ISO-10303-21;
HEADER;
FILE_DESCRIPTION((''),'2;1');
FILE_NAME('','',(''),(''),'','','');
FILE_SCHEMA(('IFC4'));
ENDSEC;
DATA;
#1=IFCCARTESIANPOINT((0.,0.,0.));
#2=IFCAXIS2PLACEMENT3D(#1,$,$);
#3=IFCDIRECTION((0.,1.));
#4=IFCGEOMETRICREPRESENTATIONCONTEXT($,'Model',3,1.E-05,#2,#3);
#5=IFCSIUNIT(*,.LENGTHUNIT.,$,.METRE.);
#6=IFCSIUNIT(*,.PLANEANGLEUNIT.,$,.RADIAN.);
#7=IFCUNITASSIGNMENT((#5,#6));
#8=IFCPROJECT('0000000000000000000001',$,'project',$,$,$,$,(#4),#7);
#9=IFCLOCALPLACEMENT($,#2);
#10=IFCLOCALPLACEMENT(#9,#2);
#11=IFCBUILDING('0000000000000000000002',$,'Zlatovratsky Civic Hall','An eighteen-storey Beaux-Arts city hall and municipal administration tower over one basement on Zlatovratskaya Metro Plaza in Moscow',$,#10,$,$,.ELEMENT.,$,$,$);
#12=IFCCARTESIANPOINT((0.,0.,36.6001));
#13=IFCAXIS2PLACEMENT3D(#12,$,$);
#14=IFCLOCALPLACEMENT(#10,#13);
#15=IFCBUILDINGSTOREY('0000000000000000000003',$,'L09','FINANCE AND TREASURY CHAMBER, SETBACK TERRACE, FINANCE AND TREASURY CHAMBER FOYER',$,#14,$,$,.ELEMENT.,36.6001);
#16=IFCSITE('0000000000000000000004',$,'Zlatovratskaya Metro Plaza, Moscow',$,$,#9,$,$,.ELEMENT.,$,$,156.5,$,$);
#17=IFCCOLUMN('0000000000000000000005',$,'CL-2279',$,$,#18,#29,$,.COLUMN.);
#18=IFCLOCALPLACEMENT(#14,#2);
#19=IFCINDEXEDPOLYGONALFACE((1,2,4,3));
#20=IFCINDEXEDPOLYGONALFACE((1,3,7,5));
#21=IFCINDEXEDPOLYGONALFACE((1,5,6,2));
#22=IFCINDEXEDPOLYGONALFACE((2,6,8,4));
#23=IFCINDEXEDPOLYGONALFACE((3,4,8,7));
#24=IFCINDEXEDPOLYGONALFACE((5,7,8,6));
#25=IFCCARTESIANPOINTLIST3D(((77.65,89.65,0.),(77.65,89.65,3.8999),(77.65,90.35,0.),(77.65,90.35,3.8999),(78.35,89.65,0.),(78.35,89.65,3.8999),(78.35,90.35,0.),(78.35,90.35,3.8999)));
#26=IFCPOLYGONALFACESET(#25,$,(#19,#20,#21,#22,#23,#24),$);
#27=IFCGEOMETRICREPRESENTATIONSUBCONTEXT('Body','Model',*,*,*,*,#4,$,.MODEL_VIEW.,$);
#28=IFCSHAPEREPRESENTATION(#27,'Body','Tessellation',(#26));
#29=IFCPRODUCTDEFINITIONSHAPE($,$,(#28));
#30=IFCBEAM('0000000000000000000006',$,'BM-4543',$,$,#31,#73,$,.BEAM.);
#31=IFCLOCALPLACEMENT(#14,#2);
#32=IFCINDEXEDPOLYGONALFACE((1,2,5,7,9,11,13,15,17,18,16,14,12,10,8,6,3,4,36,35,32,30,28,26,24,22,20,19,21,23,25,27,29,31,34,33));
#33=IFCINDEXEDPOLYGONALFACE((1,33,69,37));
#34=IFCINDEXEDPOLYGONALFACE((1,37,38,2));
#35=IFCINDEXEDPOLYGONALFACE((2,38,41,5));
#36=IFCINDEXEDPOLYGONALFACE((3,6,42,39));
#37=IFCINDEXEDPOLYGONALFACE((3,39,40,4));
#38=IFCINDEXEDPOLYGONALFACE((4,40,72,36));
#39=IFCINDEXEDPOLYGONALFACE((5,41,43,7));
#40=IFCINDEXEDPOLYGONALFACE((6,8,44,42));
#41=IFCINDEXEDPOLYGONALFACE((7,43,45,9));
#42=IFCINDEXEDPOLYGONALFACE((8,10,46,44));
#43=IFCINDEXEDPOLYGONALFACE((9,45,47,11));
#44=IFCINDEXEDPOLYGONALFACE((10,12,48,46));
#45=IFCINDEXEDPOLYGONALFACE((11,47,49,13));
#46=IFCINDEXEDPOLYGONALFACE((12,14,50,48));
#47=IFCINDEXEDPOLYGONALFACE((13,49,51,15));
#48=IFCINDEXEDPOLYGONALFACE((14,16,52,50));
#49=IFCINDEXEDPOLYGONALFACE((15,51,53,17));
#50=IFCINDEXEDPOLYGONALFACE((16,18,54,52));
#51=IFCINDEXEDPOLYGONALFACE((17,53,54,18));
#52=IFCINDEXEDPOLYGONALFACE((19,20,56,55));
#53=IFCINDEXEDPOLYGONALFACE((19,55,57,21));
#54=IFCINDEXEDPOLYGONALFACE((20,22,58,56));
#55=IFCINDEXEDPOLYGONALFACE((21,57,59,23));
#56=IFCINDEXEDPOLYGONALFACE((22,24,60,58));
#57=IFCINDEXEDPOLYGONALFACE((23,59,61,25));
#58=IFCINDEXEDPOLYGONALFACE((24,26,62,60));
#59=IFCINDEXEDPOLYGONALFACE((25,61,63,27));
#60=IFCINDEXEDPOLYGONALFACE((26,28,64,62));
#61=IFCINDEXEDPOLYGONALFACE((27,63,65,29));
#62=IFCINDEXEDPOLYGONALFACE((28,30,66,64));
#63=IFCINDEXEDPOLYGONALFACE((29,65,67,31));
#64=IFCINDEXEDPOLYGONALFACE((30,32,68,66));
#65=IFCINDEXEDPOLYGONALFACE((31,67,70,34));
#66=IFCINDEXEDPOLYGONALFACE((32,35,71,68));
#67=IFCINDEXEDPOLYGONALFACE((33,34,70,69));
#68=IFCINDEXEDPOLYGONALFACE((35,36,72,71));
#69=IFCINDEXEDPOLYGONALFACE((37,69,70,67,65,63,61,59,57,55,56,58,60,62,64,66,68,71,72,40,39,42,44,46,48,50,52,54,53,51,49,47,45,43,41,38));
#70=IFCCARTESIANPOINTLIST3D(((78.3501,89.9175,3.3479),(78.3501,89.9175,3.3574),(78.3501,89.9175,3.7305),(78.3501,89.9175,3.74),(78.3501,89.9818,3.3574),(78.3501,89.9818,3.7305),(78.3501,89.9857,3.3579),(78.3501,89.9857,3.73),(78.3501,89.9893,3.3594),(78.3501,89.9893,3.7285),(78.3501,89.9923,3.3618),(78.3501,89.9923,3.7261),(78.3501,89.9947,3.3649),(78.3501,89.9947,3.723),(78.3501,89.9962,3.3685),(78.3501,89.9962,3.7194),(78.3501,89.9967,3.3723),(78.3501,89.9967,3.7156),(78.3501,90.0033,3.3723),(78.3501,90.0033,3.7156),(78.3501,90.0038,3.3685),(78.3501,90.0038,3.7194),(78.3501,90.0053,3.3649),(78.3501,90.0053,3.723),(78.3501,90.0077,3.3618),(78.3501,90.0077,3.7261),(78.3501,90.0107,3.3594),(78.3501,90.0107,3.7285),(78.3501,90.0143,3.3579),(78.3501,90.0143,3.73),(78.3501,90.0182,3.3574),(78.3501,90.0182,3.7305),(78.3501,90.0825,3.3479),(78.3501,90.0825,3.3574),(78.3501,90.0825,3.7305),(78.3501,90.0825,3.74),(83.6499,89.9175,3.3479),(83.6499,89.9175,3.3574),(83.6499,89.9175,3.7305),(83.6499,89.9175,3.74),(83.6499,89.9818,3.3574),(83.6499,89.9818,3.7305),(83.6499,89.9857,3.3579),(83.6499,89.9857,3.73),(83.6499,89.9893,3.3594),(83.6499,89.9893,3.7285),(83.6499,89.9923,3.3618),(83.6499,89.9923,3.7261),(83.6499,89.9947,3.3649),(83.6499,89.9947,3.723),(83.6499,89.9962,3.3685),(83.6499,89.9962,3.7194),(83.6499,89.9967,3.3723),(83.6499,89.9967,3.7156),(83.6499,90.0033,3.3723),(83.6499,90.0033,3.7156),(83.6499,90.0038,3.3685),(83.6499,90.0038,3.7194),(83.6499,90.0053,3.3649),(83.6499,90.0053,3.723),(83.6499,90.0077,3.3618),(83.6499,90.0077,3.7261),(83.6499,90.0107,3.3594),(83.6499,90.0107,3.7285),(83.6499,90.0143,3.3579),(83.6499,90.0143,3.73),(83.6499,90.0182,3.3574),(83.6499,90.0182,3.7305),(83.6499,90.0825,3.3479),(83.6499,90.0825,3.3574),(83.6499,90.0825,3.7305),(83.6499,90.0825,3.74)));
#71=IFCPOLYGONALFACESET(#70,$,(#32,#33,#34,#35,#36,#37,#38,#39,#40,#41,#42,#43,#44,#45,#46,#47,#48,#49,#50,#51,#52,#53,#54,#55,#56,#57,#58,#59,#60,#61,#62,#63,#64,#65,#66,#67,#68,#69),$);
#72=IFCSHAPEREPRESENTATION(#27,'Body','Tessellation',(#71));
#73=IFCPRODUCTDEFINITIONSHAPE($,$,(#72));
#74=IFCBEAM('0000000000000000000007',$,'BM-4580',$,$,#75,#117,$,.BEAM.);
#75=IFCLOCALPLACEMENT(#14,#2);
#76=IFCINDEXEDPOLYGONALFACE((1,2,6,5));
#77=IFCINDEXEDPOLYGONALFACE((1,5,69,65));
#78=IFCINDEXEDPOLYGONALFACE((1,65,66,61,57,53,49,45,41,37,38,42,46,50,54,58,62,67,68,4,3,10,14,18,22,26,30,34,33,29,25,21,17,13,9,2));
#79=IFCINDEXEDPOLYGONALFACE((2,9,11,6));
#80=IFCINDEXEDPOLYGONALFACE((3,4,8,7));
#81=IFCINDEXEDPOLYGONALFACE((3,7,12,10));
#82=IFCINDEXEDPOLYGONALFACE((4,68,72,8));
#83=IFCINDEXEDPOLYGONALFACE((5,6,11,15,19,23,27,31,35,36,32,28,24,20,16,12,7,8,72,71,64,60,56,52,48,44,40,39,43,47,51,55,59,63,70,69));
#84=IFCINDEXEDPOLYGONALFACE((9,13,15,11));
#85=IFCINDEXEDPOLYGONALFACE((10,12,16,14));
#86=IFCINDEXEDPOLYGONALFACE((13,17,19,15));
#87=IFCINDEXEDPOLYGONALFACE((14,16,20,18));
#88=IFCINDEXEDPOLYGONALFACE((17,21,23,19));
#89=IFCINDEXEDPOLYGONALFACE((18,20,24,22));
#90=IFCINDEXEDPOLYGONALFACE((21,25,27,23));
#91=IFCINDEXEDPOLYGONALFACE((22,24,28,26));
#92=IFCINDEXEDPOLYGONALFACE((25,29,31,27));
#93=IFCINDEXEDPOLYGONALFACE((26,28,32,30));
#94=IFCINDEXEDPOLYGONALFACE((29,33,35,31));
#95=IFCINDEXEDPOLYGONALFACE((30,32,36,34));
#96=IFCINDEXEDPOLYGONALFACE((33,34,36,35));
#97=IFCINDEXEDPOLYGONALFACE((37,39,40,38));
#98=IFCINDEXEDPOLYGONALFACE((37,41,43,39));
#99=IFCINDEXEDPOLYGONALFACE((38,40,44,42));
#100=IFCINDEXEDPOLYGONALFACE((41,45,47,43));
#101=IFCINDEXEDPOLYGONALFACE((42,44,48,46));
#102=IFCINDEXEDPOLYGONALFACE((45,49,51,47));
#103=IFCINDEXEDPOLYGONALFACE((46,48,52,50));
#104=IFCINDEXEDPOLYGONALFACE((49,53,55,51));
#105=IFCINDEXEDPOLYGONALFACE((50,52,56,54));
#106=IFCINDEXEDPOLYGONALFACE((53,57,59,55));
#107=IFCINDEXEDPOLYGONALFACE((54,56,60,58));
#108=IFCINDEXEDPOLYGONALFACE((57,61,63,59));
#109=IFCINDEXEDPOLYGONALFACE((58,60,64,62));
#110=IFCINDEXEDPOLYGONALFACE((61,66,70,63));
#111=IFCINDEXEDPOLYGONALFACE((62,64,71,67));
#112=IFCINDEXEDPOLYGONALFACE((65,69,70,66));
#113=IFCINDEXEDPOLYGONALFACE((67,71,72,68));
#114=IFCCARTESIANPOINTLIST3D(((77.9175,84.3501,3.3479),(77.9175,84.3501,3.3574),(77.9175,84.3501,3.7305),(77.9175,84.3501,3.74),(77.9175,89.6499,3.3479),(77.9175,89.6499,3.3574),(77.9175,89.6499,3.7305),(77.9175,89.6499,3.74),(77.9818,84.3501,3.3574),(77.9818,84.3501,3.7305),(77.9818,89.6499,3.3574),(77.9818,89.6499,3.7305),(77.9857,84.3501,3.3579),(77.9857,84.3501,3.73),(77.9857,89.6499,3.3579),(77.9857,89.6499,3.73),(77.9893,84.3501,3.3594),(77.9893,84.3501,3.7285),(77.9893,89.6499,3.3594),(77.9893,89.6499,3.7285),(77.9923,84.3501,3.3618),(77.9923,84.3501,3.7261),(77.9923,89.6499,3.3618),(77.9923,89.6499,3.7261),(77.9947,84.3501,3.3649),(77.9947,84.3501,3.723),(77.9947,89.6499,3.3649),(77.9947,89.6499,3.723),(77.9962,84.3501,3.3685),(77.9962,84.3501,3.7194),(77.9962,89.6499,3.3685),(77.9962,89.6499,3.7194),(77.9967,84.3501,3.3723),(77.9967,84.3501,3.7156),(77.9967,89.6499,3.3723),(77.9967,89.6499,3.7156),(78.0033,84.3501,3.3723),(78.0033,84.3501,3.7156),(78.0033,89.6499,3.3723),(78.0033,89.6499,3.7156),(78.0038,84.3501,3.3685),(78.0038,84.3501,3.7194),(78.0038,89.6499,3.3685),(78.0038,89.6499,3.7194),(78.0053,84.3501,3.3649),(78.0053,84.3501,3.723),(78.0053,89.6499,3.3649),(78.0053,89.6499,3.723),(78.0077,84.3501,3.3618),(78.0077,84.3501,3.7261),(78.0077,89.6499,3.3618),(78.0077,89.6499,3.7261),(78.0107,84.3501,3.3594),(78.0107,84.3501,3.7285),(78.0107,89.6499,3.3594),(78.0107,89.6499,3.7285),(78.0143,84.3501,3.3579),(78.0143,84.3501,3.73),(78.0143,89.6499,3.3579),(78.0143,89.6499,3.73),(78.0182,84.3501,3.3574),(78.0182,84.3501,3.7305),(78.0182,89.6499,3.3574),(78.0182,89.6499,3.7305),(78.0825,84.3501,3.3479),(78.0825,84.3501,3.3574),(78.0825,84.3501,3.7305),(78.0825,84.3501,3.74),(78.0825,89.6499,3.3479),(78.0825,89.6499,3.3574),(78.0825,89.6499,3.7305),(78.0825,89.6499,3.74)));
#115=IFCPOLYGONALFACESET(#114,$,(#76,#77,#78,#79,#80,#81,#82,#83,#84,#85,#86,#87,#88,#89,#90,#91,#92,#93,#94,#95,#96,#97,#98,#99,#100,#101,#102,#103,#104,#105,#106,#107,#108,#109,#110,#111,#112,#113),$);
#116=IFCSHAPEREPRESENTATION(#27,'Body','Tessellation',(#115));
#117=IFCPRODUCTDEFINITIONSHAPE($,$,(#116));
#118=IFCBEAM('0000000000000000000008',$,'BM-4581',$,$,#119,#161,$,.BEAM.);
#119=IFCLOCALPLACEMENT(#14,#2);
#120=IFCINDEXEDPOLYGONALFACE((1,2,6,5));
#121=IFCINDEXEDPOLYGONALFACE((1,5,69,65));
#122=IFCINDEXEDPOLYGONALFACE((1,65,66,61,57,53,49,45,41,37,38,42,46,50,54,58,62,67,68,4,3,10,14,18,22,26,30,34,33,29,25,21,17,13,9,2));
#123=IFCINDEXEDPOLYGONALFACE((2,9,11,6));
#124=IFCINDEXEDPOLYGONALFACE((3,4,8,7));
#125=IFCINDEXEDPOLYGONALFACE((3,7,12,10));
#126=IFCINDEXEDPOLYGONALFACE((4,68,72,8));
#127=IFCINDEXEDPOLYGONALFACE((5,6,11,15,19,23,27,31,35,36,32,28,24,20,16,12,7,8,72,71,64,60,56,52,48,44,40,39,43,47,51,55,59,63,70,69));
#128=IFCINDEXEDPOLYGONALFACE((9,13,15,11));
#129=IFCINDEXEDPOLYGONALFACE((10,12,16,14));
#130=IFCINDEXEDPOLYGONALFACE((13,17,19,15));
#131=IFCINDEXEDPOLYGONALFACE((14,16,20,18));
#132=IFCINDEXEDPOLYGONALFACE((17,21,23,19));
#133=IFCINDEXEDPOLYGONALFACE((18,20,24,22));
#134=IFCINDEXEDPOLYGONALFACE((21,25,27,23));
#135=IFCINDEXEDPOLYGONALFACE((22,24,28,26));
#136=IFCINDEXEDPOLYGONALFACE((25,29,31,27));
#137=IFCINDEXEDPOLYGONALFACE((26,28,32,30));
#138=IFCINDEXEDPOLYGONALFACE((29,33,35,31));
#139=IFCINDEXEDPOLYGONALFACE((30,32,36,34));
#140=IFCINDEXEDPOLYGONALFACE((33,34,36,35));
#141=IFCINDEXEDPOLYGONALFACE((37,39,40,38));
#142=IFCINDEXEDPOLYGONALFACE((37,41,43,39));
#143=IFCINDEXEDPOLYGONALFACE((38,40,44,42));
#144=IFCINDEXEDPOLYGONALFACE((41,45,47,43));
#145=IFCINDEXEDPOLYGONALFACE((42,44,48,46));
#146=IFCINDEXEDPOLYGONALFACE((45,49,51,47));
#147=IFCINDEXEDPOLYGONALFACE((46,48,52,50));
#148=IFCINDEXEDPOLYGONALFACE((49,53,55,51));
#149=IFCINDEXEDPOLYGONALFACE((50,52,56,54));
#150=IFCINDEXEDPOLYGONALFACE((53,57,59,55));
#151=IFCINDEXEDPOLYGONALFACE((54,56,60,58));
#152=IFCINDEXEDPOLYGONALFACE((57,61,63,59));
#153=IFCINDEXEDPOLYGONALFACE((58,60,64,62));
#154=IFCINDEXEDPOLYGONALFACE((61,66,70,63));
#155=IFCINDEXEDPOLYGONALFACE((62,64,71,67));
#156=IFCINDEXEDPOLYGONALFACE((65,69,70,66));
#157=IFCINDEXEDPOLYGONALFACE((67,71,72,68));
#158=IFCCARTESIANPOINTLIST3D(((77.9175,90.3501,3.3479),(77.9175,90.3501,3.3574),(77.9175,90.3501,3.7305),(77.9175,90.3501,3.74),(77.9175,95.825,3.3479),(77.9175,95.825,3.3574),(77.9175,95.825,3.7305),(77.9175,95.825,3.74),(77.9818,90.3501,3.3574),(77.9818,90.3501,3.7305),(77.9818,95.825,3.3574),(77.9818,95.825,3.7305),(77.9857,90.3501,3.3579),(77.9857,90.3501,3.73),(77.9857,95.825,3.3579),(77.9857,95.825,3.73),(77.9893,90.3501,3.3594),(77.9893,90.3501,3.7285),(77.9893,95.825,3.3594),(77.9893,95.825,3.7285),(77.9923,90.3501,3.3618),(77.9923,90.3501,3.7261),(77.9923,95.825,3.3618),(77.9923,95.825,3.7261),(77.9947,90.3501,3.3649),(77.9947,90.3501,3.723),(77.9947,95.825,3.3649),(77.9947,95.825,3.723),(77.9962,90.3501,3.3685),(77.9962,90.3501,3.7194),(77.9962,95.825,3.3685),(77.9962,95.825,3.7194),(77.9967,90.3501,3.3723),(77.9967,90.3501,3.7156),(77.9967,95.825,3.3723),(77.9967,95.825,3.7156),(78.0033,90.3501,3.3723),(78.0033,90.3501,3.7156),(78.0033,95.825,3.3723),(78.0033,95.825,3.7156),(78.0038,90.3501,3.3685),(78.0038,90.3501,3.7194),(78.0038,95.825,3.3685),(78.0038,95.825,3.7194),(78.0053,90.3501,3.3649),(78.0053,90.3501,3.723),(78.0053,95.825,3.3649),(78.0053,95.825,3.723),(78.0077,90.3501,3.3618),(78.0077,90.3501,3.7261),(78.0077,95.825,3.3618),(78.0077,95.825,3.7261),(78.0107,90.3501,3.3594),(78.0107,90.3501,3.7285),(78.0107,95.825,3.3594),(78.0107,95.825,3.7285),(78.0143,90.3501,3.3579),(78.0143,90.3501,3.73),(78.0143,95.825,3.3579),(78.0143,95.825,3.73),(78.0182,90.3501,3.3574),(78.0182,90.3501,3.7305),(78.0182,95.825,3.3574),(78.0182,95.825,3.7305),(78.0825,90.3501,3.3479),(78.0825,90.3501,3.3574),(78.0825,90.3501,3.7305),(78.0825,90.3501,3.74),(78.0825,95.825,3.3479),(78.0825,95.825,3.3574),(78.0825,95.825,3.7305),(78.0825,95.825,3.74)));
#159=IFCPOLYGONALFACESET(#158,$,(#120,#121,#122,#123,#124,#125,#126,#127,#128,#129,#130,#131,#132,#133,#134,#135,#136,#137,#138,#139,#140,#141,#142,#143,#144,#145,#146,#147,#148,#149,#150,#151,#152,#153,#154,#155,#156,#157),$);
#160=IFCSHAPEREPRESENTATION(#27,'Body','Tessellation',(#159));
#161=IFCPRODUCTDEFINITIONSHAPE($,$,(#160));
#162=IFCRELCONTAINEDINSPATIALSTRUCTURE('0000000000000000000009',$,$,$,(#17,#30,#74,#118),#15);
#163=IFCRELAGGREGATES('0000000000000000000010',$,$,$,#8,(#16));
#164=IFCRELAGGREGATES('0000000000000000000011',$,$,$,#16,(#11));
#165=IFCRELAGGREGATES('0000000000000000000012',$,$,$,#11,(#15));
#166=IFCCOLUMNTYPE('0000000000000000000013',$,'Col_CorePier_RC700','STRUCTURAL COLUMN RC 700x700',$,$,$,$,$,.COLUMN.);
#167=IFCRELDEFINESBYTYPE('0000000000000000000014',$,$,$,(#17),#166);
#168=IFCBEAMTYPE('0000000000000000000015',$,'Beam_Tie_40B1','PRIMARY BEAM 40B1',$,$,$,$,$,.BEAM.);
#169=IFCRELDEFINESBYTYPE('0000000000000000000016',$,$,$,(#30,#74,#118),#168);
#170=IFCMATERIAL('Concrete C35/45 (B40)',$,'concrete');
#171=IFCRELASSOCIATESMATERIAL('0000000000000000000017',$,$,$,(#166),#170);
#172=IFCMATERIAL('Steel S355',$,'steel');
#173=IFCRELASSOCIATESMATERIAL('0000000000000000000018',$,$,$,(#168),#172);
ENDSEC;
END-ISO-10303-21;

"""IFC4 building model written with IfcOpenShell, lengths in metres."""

from ifc_helpers import new_model, si_unit, direction, frame, origin, origin_2d, place, context, subcontext, project, spatial, rectangle, i_section, extrude, material, material_profile, profile_set, type_object, element, save


model = new_model("IFC4")

# Units and contexts
model_context = context("Model", 3, precision=1e-05, world=origin(), true_north=direction((0.0, 1.0)))
body_context = subcontext(model_context, "Body", "Model", "MODEL_VIEW")
ifc_project = project(units=[si_unit("LENGTHUNIT", "METRE"), si_unit("PLANEANGLEUNIT", "RADIAN")], contexts=[model_context])

# Site, building, storey
site_placement = place(None, origin())
site = spatial("IfcSite", under=ifc_project, at=site_placement, Name="Zlatovratskaya Metro Plaza, Moscow", CompositionType="ELEMENT", RefElevation=156.5)
building_placement = place(site_placement, origin())
building = spatial("IfcBuilding", under=site, at=building_placement, Name="Zlatovratsky Civic Hall", Description="An eighteen-storey Beaux-Arts city hall and municipal administration tower over one basement on Zlatovratskaya Metro Plaza in Moscow", CompositionType="ELEMENT")
storey_placement = place(building_placement, frame((0.0, 0.0, 36.6001)))
storey = spatial("IfcBuildingStorey", under=building, at=storey_placement, Name="L09", Description="FINANCE AND TREASURY CHAMBER, SETBACK TERRACE, FINANCE AND TREASURY CHAMBER FOYER", CompositionType="ELEMENT", Elevation=36.6001)

# Column
ifc_material_1 = material(Name="Concrete C35/45 (B40)", Category="concrete")
ifc_material_profile_1 = material_profile(ifc_material_1, rectangle(XDim=0.7, YDim=0.7, at=origin_2d()), Name="RC 700x700")
ifc_profile_set_1 = profile_set([ifc_material_profile_1], Name="Concrete C35/45 (B40)")
column_type = type_object("IfcColumnType", Name="Col_CorePier_RC700", Description="STRUCTURAL COLUMN RC 700x700", PredefinedType="COLUMN", material=ifc_profile_set_1)
column_placement = place(storey_placement, frame((78.0, 90.0, 0.0), z_axis=(0.0, 0.0, 1.0), x_axis=(1.0, 0.0, 0.0)))
element("IfcColumn", 1, at=column_placement, inside=storey, type_object=column_type, Name="CL-2279", PredefinedType="COLUMN", context=body_context, shape_type="SweptSolid", body=[
    extrude(rectangle(XDim=0.7, YDim=0.7, at=origin_2d()), origin(), (0.0, 0.0, 1.0), 3.8999),
])

# Beams
ifc_material_2 = material(Name="Steel S355", Category="steel")
ifc_material_profile_2 = material_profile(ifc_material_2, i_section(OverallWidth=0.165, OverallDepth=0.3921, WebThickness=0.0066, FlangeThickness=0.0095, FilletRadius=0.0149, at=origin_2d()), Name="40B1")
ifc_profile_set_2 = profile_set([ifc_material_profile_2], Name="Steel S355")
beam_type_1 = type_object("IfcBeamType", Name="Beam_Tie_40B1", Description="PRIMARY BEAM 40B1", PredefinedType="BEAM", material=ifc_profile_set_2)
for number, where, z_axis, x_axis, name in (
    (2, (78.3501, 90.0, 3.5439), (1.0, 0.0, 0.0), (0.0, 1.0, 0.0), "BM-4543"),
    (3, (78.0, 84.3501, 3.5439), (0.0, 1.0, 0.0), (-1.0, 0.0, 0.0), "BM-4580"),
):
    element("IfcBeam", number, at=place(storey_placement, frame(where, z_axis=z_axis, x_axis=x_axis)), inside=storey, type_object=beam_type_1, Name=name, PredefinedType="BEAM", context=body_context, shape_type="SweptSolid", body=[
        extrude(i_section(OverallWidth=0.165, OverallDepth=0.3921, WebThickness=0.0066, FlangeThickness=0.0095, FilletRadius=0.0149, at=origin_2d()), origin(), (0.0, 0.0, 1.0), 5.2998),
    ])
beam_1_placement = place(storey_placement, frame((78.0, 90.3501, 3.5439), z_axis=(0.0, 1.0, 0.0), x_axis=(-1.0, 0.0, 0.0)))
element("IfcBeam", 4, at=beam_1_placement, inside=storey, type_object=beam_type_1, Name="BM-4581", PredefinedType="BEAM", context=body_context, shape_type="SweptSolid", body=[
    extrude(i_section(OverallWidth=0.165, OverallDepth=0.3921, WebThickness=0.0066, FlangeThickness=0.0095, FilletRadius=0.0149, at=origin_2d()), origin(), (0.0, 0.0, 1.0), 5.4749),
])

save(model, "model.ifc")
